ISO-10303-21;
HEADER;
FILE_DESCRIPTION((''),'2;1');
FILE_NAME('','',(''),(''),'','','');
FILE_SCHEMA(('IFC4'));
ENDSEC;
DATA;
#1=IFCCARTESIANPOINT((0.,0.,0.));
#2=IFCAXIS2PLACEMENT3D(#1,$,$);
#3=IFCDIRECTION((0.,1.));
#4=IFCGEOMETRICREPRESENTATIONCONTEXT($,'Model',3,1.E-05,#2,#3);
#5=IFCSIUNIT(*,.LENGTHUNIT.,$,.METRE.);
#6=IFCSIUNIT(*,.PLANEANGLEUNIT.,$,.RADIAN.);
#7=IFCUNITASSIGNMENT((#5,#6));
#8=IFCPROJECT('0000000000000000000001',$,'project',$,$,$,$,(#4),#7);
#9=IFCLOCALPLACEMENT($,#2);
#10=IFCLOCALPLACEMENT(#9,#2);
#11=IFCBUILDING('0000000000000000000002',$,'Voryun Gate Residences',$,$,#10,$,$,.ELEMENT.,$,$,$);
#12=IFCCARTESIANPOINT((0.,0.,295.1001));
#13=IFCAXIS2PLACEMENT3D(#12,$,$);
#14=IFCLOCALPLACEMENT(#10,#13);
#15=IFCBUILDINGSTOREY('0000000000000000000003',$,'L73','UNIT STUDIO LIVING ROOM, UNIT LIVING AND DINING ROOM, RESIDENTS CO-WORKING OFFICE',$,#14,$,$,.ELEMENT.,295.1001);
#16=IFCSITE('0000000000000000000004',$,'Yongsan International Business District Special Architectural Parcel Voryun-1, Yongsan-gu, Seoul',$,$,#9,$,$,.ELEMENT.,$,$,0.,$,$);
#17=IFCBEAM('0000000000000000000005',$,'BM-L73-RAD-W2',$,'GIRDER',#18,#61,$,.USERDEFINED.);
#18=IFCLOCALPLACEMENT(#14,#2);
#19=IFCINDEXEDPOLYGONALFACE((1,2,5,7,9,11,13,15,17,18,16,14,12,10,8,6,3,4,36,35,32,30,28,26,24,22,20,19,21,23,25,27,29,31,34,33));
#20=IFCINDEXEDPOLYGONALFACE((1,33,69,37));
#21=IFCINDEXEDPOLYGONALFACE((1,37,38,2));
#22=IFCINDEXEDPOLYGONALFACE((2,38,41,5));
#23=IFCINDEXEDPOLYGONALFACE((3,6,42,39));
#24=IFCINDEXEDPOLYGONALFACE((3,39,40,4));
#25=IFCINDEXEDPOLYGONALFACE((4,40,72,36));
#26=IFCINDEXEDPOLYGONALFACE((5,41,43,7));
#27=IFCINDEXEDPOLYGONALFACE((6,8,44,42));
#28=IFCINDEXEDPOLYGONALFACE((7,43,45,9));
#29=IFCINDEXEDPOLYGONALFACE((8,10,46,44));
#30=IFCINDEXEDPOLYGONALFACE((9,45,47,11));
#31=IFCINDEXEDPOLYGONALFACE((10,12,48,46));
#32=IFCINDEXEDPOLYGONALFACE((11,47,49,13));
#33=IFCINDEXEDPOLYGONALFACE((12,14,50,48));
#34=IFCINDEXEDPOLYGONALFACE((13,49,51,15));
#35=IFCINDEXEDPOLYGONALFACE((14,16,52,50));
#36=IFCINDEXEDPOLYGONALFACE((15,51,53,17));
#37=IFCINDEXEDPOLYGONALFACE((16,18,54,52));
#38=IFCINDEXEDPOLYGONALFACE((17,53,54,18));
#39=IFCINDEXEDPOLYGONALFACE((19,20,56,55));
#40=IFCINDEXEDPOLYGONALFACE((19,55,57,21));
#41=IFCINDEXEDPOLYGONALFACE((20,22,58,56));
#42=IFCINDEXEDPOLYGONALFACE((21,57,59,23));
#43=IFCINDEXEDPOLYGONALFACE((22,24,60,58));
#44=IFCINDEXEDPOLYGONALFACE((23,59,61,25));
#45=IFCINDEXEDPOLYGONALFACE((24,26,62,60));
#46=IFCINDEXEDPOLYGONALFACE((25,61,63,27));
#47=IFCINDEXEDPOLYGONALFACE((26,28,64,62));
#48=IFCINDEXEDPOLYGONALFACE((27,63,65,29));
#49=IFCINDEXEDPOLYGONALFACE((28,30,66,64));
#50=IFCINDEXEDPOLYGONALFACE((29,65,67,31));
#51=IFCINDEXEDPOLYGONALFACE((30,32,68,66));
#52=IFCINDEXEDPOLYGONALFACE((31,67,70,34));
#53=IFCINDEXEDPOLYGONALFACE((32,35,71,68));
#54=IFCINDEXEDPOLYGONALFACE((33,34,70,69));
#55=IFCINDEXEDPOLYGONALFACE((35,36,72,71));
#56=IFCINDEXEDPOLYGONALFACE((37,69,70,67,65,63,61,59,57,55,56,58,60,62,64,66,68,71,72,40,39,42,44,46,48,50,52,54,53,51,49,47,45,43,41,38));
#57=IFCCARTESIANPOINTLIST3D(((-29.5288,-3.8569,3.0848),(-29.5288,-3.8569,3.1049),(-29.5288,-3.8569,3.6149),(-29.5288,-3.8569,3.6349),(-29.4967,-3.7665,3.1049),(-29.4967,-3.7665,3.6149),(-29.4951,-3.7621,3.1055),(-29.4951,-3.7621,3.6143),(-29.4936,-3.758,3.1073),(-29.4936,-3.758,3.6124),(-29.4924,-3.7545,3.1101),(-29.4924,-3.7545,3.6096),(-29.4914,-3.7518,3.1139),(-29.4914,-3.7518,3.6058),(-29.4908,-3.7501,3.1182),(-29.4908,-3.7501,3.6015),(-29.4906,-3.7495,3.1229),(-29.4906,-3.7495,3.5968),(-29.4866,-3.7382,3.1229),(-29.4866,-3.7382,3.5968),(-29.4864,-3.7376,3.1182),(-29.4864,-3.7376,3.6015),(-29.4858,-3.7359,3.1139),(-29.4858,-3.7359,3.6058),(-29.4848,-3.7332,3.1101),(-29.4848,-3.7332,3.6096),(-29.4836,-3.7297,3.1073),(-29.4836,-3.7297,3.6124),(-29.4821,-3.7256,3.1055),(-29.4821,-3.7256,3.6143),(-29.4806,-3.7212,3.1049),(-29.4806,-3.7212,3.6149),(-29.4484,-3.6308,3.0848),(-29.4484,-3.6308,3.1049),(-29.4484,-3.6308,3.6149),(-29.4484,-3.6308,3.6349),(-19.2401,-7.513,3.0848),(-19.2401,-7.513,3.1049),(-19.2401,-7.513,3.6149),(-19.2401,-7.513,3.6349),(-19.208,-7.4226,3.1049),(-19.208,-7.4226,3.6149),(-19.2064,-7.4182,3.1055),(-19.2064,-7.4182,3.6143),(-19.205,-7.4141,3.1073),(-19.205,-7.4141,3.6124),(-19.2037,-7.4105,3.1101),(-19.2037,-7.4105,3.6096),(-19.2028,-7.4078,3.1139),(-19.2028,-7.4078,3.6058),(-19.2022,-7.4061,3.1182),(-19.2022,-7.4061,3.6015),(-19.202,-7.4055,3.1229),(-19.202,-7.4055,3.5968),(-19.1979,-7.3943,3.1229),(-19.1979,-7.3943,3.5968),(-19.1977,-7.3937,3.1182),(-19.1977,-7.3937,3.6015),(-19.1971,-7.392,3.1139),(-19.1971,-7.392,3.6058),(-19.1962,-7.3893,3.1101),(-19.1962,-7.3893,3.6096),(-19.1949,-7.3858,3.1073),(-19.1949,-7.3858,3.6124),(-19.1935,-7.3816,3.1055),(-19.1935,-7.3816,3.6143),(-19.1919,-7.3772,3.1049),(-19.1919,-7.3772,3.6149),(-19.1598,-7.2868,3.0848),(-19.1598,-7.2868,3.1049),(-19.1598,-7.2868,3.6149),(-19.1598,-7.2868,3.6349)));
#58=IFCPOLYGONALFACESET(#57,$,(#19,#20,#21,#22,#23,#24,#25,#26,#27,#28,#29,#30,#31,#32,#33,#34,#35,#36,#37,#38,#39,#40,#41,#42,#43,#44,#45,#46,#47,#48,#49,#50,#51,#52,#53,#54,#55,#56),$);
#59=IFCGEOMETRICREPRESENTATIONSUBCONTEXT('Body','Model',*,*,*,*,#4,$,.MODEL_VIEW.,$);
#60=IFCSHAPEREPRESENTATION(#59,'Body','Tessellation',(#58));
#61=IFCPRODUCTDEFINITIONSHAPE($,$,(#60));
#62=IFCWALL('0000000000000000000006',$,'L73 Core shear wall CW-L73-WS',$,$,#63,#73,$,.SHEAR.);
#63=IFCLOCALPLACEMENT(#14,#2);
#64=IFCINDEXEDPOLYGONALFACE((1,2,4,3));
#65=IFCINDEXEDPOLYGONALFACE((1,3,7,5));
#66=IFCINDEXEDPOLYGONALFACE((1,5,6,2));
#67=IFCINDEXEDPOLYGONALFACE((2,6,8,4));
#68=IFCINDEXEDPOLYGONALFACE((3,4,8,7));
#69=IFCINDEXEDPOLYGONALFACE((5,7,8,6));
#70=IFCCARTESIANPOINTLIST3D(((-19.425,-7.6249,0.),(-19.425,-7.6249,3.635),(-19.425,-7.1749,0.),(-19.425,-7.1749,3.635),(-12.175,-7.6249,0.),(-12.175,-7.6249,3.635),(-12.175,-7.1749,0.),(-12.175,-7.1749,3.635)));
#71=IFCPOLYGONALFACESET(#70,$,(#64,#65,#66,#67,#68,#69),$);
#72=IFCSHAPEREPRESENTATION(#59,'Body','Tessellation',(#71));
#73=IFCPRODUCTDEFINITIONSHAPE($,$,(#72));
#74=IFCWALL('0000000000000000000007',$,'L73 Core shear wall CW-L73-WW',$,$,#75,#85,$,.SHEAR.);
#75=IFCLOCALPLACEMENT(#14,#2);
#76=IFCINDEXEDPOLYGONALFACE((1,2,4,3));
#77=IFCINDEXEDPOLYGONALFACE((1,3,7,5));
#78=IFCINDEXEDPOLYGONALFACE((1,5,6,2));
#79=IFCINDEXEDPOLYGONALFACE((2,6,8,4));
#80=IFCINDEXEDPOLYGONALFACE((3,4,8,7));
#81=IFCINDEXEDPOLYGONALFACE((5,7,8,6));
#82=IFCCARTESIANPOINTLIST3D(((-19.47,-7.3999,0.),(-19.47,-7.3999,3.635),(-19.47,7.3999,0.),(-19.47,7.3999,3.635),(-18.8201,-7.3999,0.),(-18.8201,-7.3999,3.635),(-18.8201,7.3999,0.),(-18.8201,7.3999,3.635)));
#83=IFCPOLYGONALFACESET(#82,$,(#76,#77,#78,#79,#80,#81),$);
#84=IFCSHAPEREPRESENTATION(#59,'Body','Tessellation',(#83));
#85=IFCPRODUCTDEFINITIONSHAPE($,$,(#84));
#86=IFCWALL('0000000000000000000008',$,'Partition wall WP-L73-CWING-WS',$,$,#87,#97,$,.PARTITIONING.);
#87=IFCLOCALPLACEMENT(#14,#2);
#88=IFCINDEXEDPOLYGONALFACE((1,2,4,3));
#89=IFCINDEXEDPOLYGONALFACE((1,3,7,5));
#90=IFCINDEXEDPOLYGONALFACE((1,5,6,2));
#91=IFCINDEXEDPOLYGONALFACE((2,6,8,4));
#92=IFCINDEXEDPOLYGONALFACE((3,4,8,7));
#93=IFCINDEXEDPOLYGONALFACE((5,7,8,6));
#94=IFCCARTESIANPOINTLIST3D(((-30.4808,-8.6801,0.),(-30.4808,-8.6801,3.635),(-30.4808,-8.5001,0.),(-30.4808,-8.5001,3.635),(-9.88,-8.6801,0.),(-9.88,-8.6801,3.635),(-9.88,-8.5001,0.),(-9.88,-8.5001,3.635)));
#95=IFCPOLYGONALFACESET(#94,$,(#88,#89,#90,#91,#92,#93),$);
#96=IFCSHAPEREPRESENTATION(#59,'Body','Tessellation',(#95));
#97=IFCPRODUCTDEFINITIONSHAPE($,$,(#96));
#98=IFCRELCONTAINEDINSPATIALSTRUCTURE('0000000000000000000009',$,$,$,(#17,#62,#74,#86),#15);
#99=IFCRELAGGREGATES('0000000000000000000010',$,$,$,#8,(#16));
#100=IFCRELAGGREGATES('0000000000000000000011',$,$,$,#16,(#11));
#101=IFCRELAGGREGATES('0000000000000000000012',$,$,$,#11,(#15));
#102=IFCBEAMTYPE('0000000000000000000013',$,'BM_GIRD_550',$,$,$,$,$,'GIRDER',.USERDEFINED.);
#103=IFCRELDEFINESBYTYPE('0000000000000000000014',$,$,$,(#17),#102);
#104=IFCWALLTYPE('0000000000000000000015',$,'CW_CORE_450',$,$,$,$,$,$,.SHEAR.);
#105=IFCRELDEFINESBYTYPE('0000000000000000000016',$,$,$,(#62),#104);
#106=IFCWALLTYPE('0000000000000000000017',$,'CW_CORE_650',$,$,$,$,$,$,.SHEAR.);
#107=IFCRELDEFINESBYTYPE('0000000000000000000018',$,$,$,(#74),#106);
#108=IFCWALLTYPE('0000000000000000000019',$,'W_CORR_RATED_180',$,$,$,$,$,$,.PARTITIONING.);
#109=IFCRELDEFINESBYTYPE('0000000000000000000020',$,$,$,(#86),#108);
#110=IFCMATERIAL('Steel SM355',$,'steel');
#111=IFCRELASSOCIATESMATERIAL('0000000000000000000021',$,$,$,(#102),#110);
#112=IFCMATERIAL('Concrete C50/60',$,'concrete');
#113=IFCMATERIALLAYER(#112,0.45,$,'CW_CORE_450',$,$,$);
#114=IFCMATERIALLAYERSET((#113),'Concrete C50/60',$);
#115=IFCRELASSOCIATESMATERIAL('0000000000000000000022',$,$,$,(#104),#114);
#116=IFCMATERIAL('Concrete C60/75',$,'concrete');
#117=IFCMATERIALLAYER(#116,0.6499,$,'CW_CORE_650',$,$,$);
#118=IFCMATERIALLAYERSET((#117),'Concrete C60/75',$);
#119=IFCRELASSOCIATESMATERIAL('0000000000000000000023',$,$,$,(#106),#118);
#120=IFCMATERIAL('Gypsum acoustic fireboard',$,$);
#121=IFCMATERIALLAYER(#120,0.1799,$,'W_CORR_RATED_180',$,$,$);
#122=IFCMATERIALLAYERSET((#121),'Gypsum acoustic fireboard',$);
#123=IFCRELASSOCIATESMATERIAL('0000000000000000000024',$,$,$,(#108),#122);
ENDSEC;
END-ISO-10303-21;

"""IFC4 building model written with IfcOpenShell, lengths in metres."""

from ifc_helpers import new_model, si_unit, direction, frame, frame_2d, origin, origin_2d, place, context, subcontext, project, spatial, rectangle, i_section, extrude, material, layer, layer_set, material_profile, profile_set, type_object, element, save


model = new_model("IFC4")

# Units and contexts
model_context = context("Model", 3, precision=1e-05, world=origin(), true_north=direction((0.0, 1.0)))
body_context = subcontext(model_context, "Body", "Model", "MODEL_VIEW")
ifc_project = project(units=[si_unit("LENGTHUNIT", "METRE"), si_unit("PLANEANGLEUNIT", "RADIAN")], contexts=[model_context])

# Site, building, storey
site_placement = place(None, origin())
site = spatial("IfcSite", under=ifc_project, at=site_placement, Name="Yongsan International Business District Special Architectural Parcel Voryun-1, Yongsan-gu, Seoul", CompositionType="ELEMENT", RefElevation=0.0)
building_placement = place(site_placement, origin())
building = spatial("IfcBuilding", under=site, at=building_placement, Name="Voryun Gate Residences", CompositionType="ELEMENT")
storey_placement = place(building_placement, frame((0.0, 0.0, 295.1001)))
storey = spatial("IfcBuildingStorey", under=building, at=storey_placement, Name="L73", Description="UNIT STUDIO LIVING ROOM, UNIT LIVING AND DINING ROOM, RESIDENTS CO-WORKING OFFICE", CompositionType="ELEMENT", Elevation=295.1001)

# Beam
ifc_material_1 = material(Name="Steel SM355", Category="steel")
ifc_material_profile_1 = material_profile(ifc_material_1, i_section(OverallWidth=0.24, OverallDepth=0.55, WebThickness=0.012, FlangeThickness=0.02, FilletRadius=0.0181, at=origin_2d()), Name="H-550x240x12x20")
ifc_profile_set_1 = profile_set([ifc_material_profile_1], Name="Steel SM355")
beam_type_1 = type_object("IfcBeamType", Name="BM_GIRD_550", ElementType="GIRDER", PredefinedType="USERDEFINED", material=ifc_profile_set_1)
beam_1_placement = place(storey_placement, frame((-19.2, -7.3999, 3.3599), z_axis=(-0.942277, 0.334835, 0.0), x_axis=(-0.334835, -0.942277, 0.0)))
element("IfcBeam", 1, at=beam_1_placement, inside=storey, type_object=beam_type_1, Name="BM-L73-RAD-W2", ObjectType="GIRDER", PredefinedType="USERDEFINED", context=body_context, shape_type="SweptSolid", body=[
    extrude(i_section(OverallWidth=0.24, OverallDepth=0.55, WebThickness=0.012, FlangeThickness=0.02, FilletRadius=0.0181, at=origin_2d()), origin(), (0.0, 0.0, 1.0), 10.9189),
])

# Walls
ifc_material_2 = material(Name="Concrete C50/60", Category="concrete")
ifc_layer_1 = layer(ifc_material_2, 0.45, Name="CW_CORE_450")
ifc_layer_set_1 = layer_set([ifc_layer_1], Name="Concrete C50/60")
wall_type_1 = type_object("IfcWallType", Name="CW_CORE_450", PredefinedType="SHEAR", material=ifc_layer_set_1)
wall_1_placement = place(storey_placement, frame((-19.425, -7.3999, 0.0), z_axis=(0.0, 0.0, 1.0), x_axis=(1.0, 0.0, 0.0)))
element("IfcWall", 2, at=wall_1_placement, inside=storey, type_object=wall_type_1, Name="L73 Core shear wall CW-L73-WS", PredefinedType="SHEAR", context=body_context, shape_type="SweptSolid", body=[
    extrude(rectangle(XDim=7.25, YDim=0.45, at=frame_2d((3.625, 0.0))), origin(), (0.0, 0.0, 1.0), 3.635),
])
ifc_material_3 = material(Name="Concrete C60/75", Category="concrete")
ifc_layer_2 = layer(ifc_material_3, 0.6499, Name="CW_CORE_650")
ifc_layer_set_2 = layer_set([ifc_layer_2], Name="Concrete C60/75")
wall_type_2 = type_object("IfcWallType", Name="CW_CORE_650", PredefinedType="SHEAR", material=ifc_layer_set_2)
wall_2_placement = place(storey_placement, frame((-19.145, -7.3999, 0.0), z_axis=(0.0, 0.0, 1.0), x_axis=(0.0, 1.0, 0.0)))
element("IfcWall", 3, at=wall_2_placement, inside=storey, type_object=wall_type_2, Name="L73 Core shear wall CW-L73-WW", PredefinedType="SHEAR", context=body_context, shape_type="SweptSolid", body=[
    extrude(rectangle(XDim=14.7998, YDim=0.6499, at=frame_2d((7.3999, 0.0))), origin(), (0.0, 0.0, 1.0), 3.635),
])
ifc_material_4 = material(Name="Gypsum acoustic fireboard")
ifc_layer_3 = layer(ifc_material_4, 0.1799, Name="W_CORR_RATED_180")
ifc_layer_set_3 = layer_set([ifc_layer_3], Name="Gypsum acoustic fireboard")
wall_type_3 = type_object("IfcWallType", Name="W_CORR_RATED_180", PredefinedType="PARTITIONING", material=ifc_layer_set_3)
wall_3_placement = place(storey_placement, frame((-30.4807, -8.5901, 0.0), z_axis=(0.0, 0.0, 1.0), x_axis=(1.0, 0.0, 0.0)))
element("IfcWall", 4, at=wall_3_placement, inside=storey, type_object=wall_type_3, Name="Partition wall WP-L73-CWING-WS", PredefinedType="PARTITIONING", context=body_context, shape_type="SweptSolid", body=[
    extrude(rectangle(XDim=20.6008, YDim=0.1799, at=frame_2d((10.3003, 0.0))), origin(), (0.0, 0.0, 1.0), 3.635),
])

save(model, "model.ifc")
